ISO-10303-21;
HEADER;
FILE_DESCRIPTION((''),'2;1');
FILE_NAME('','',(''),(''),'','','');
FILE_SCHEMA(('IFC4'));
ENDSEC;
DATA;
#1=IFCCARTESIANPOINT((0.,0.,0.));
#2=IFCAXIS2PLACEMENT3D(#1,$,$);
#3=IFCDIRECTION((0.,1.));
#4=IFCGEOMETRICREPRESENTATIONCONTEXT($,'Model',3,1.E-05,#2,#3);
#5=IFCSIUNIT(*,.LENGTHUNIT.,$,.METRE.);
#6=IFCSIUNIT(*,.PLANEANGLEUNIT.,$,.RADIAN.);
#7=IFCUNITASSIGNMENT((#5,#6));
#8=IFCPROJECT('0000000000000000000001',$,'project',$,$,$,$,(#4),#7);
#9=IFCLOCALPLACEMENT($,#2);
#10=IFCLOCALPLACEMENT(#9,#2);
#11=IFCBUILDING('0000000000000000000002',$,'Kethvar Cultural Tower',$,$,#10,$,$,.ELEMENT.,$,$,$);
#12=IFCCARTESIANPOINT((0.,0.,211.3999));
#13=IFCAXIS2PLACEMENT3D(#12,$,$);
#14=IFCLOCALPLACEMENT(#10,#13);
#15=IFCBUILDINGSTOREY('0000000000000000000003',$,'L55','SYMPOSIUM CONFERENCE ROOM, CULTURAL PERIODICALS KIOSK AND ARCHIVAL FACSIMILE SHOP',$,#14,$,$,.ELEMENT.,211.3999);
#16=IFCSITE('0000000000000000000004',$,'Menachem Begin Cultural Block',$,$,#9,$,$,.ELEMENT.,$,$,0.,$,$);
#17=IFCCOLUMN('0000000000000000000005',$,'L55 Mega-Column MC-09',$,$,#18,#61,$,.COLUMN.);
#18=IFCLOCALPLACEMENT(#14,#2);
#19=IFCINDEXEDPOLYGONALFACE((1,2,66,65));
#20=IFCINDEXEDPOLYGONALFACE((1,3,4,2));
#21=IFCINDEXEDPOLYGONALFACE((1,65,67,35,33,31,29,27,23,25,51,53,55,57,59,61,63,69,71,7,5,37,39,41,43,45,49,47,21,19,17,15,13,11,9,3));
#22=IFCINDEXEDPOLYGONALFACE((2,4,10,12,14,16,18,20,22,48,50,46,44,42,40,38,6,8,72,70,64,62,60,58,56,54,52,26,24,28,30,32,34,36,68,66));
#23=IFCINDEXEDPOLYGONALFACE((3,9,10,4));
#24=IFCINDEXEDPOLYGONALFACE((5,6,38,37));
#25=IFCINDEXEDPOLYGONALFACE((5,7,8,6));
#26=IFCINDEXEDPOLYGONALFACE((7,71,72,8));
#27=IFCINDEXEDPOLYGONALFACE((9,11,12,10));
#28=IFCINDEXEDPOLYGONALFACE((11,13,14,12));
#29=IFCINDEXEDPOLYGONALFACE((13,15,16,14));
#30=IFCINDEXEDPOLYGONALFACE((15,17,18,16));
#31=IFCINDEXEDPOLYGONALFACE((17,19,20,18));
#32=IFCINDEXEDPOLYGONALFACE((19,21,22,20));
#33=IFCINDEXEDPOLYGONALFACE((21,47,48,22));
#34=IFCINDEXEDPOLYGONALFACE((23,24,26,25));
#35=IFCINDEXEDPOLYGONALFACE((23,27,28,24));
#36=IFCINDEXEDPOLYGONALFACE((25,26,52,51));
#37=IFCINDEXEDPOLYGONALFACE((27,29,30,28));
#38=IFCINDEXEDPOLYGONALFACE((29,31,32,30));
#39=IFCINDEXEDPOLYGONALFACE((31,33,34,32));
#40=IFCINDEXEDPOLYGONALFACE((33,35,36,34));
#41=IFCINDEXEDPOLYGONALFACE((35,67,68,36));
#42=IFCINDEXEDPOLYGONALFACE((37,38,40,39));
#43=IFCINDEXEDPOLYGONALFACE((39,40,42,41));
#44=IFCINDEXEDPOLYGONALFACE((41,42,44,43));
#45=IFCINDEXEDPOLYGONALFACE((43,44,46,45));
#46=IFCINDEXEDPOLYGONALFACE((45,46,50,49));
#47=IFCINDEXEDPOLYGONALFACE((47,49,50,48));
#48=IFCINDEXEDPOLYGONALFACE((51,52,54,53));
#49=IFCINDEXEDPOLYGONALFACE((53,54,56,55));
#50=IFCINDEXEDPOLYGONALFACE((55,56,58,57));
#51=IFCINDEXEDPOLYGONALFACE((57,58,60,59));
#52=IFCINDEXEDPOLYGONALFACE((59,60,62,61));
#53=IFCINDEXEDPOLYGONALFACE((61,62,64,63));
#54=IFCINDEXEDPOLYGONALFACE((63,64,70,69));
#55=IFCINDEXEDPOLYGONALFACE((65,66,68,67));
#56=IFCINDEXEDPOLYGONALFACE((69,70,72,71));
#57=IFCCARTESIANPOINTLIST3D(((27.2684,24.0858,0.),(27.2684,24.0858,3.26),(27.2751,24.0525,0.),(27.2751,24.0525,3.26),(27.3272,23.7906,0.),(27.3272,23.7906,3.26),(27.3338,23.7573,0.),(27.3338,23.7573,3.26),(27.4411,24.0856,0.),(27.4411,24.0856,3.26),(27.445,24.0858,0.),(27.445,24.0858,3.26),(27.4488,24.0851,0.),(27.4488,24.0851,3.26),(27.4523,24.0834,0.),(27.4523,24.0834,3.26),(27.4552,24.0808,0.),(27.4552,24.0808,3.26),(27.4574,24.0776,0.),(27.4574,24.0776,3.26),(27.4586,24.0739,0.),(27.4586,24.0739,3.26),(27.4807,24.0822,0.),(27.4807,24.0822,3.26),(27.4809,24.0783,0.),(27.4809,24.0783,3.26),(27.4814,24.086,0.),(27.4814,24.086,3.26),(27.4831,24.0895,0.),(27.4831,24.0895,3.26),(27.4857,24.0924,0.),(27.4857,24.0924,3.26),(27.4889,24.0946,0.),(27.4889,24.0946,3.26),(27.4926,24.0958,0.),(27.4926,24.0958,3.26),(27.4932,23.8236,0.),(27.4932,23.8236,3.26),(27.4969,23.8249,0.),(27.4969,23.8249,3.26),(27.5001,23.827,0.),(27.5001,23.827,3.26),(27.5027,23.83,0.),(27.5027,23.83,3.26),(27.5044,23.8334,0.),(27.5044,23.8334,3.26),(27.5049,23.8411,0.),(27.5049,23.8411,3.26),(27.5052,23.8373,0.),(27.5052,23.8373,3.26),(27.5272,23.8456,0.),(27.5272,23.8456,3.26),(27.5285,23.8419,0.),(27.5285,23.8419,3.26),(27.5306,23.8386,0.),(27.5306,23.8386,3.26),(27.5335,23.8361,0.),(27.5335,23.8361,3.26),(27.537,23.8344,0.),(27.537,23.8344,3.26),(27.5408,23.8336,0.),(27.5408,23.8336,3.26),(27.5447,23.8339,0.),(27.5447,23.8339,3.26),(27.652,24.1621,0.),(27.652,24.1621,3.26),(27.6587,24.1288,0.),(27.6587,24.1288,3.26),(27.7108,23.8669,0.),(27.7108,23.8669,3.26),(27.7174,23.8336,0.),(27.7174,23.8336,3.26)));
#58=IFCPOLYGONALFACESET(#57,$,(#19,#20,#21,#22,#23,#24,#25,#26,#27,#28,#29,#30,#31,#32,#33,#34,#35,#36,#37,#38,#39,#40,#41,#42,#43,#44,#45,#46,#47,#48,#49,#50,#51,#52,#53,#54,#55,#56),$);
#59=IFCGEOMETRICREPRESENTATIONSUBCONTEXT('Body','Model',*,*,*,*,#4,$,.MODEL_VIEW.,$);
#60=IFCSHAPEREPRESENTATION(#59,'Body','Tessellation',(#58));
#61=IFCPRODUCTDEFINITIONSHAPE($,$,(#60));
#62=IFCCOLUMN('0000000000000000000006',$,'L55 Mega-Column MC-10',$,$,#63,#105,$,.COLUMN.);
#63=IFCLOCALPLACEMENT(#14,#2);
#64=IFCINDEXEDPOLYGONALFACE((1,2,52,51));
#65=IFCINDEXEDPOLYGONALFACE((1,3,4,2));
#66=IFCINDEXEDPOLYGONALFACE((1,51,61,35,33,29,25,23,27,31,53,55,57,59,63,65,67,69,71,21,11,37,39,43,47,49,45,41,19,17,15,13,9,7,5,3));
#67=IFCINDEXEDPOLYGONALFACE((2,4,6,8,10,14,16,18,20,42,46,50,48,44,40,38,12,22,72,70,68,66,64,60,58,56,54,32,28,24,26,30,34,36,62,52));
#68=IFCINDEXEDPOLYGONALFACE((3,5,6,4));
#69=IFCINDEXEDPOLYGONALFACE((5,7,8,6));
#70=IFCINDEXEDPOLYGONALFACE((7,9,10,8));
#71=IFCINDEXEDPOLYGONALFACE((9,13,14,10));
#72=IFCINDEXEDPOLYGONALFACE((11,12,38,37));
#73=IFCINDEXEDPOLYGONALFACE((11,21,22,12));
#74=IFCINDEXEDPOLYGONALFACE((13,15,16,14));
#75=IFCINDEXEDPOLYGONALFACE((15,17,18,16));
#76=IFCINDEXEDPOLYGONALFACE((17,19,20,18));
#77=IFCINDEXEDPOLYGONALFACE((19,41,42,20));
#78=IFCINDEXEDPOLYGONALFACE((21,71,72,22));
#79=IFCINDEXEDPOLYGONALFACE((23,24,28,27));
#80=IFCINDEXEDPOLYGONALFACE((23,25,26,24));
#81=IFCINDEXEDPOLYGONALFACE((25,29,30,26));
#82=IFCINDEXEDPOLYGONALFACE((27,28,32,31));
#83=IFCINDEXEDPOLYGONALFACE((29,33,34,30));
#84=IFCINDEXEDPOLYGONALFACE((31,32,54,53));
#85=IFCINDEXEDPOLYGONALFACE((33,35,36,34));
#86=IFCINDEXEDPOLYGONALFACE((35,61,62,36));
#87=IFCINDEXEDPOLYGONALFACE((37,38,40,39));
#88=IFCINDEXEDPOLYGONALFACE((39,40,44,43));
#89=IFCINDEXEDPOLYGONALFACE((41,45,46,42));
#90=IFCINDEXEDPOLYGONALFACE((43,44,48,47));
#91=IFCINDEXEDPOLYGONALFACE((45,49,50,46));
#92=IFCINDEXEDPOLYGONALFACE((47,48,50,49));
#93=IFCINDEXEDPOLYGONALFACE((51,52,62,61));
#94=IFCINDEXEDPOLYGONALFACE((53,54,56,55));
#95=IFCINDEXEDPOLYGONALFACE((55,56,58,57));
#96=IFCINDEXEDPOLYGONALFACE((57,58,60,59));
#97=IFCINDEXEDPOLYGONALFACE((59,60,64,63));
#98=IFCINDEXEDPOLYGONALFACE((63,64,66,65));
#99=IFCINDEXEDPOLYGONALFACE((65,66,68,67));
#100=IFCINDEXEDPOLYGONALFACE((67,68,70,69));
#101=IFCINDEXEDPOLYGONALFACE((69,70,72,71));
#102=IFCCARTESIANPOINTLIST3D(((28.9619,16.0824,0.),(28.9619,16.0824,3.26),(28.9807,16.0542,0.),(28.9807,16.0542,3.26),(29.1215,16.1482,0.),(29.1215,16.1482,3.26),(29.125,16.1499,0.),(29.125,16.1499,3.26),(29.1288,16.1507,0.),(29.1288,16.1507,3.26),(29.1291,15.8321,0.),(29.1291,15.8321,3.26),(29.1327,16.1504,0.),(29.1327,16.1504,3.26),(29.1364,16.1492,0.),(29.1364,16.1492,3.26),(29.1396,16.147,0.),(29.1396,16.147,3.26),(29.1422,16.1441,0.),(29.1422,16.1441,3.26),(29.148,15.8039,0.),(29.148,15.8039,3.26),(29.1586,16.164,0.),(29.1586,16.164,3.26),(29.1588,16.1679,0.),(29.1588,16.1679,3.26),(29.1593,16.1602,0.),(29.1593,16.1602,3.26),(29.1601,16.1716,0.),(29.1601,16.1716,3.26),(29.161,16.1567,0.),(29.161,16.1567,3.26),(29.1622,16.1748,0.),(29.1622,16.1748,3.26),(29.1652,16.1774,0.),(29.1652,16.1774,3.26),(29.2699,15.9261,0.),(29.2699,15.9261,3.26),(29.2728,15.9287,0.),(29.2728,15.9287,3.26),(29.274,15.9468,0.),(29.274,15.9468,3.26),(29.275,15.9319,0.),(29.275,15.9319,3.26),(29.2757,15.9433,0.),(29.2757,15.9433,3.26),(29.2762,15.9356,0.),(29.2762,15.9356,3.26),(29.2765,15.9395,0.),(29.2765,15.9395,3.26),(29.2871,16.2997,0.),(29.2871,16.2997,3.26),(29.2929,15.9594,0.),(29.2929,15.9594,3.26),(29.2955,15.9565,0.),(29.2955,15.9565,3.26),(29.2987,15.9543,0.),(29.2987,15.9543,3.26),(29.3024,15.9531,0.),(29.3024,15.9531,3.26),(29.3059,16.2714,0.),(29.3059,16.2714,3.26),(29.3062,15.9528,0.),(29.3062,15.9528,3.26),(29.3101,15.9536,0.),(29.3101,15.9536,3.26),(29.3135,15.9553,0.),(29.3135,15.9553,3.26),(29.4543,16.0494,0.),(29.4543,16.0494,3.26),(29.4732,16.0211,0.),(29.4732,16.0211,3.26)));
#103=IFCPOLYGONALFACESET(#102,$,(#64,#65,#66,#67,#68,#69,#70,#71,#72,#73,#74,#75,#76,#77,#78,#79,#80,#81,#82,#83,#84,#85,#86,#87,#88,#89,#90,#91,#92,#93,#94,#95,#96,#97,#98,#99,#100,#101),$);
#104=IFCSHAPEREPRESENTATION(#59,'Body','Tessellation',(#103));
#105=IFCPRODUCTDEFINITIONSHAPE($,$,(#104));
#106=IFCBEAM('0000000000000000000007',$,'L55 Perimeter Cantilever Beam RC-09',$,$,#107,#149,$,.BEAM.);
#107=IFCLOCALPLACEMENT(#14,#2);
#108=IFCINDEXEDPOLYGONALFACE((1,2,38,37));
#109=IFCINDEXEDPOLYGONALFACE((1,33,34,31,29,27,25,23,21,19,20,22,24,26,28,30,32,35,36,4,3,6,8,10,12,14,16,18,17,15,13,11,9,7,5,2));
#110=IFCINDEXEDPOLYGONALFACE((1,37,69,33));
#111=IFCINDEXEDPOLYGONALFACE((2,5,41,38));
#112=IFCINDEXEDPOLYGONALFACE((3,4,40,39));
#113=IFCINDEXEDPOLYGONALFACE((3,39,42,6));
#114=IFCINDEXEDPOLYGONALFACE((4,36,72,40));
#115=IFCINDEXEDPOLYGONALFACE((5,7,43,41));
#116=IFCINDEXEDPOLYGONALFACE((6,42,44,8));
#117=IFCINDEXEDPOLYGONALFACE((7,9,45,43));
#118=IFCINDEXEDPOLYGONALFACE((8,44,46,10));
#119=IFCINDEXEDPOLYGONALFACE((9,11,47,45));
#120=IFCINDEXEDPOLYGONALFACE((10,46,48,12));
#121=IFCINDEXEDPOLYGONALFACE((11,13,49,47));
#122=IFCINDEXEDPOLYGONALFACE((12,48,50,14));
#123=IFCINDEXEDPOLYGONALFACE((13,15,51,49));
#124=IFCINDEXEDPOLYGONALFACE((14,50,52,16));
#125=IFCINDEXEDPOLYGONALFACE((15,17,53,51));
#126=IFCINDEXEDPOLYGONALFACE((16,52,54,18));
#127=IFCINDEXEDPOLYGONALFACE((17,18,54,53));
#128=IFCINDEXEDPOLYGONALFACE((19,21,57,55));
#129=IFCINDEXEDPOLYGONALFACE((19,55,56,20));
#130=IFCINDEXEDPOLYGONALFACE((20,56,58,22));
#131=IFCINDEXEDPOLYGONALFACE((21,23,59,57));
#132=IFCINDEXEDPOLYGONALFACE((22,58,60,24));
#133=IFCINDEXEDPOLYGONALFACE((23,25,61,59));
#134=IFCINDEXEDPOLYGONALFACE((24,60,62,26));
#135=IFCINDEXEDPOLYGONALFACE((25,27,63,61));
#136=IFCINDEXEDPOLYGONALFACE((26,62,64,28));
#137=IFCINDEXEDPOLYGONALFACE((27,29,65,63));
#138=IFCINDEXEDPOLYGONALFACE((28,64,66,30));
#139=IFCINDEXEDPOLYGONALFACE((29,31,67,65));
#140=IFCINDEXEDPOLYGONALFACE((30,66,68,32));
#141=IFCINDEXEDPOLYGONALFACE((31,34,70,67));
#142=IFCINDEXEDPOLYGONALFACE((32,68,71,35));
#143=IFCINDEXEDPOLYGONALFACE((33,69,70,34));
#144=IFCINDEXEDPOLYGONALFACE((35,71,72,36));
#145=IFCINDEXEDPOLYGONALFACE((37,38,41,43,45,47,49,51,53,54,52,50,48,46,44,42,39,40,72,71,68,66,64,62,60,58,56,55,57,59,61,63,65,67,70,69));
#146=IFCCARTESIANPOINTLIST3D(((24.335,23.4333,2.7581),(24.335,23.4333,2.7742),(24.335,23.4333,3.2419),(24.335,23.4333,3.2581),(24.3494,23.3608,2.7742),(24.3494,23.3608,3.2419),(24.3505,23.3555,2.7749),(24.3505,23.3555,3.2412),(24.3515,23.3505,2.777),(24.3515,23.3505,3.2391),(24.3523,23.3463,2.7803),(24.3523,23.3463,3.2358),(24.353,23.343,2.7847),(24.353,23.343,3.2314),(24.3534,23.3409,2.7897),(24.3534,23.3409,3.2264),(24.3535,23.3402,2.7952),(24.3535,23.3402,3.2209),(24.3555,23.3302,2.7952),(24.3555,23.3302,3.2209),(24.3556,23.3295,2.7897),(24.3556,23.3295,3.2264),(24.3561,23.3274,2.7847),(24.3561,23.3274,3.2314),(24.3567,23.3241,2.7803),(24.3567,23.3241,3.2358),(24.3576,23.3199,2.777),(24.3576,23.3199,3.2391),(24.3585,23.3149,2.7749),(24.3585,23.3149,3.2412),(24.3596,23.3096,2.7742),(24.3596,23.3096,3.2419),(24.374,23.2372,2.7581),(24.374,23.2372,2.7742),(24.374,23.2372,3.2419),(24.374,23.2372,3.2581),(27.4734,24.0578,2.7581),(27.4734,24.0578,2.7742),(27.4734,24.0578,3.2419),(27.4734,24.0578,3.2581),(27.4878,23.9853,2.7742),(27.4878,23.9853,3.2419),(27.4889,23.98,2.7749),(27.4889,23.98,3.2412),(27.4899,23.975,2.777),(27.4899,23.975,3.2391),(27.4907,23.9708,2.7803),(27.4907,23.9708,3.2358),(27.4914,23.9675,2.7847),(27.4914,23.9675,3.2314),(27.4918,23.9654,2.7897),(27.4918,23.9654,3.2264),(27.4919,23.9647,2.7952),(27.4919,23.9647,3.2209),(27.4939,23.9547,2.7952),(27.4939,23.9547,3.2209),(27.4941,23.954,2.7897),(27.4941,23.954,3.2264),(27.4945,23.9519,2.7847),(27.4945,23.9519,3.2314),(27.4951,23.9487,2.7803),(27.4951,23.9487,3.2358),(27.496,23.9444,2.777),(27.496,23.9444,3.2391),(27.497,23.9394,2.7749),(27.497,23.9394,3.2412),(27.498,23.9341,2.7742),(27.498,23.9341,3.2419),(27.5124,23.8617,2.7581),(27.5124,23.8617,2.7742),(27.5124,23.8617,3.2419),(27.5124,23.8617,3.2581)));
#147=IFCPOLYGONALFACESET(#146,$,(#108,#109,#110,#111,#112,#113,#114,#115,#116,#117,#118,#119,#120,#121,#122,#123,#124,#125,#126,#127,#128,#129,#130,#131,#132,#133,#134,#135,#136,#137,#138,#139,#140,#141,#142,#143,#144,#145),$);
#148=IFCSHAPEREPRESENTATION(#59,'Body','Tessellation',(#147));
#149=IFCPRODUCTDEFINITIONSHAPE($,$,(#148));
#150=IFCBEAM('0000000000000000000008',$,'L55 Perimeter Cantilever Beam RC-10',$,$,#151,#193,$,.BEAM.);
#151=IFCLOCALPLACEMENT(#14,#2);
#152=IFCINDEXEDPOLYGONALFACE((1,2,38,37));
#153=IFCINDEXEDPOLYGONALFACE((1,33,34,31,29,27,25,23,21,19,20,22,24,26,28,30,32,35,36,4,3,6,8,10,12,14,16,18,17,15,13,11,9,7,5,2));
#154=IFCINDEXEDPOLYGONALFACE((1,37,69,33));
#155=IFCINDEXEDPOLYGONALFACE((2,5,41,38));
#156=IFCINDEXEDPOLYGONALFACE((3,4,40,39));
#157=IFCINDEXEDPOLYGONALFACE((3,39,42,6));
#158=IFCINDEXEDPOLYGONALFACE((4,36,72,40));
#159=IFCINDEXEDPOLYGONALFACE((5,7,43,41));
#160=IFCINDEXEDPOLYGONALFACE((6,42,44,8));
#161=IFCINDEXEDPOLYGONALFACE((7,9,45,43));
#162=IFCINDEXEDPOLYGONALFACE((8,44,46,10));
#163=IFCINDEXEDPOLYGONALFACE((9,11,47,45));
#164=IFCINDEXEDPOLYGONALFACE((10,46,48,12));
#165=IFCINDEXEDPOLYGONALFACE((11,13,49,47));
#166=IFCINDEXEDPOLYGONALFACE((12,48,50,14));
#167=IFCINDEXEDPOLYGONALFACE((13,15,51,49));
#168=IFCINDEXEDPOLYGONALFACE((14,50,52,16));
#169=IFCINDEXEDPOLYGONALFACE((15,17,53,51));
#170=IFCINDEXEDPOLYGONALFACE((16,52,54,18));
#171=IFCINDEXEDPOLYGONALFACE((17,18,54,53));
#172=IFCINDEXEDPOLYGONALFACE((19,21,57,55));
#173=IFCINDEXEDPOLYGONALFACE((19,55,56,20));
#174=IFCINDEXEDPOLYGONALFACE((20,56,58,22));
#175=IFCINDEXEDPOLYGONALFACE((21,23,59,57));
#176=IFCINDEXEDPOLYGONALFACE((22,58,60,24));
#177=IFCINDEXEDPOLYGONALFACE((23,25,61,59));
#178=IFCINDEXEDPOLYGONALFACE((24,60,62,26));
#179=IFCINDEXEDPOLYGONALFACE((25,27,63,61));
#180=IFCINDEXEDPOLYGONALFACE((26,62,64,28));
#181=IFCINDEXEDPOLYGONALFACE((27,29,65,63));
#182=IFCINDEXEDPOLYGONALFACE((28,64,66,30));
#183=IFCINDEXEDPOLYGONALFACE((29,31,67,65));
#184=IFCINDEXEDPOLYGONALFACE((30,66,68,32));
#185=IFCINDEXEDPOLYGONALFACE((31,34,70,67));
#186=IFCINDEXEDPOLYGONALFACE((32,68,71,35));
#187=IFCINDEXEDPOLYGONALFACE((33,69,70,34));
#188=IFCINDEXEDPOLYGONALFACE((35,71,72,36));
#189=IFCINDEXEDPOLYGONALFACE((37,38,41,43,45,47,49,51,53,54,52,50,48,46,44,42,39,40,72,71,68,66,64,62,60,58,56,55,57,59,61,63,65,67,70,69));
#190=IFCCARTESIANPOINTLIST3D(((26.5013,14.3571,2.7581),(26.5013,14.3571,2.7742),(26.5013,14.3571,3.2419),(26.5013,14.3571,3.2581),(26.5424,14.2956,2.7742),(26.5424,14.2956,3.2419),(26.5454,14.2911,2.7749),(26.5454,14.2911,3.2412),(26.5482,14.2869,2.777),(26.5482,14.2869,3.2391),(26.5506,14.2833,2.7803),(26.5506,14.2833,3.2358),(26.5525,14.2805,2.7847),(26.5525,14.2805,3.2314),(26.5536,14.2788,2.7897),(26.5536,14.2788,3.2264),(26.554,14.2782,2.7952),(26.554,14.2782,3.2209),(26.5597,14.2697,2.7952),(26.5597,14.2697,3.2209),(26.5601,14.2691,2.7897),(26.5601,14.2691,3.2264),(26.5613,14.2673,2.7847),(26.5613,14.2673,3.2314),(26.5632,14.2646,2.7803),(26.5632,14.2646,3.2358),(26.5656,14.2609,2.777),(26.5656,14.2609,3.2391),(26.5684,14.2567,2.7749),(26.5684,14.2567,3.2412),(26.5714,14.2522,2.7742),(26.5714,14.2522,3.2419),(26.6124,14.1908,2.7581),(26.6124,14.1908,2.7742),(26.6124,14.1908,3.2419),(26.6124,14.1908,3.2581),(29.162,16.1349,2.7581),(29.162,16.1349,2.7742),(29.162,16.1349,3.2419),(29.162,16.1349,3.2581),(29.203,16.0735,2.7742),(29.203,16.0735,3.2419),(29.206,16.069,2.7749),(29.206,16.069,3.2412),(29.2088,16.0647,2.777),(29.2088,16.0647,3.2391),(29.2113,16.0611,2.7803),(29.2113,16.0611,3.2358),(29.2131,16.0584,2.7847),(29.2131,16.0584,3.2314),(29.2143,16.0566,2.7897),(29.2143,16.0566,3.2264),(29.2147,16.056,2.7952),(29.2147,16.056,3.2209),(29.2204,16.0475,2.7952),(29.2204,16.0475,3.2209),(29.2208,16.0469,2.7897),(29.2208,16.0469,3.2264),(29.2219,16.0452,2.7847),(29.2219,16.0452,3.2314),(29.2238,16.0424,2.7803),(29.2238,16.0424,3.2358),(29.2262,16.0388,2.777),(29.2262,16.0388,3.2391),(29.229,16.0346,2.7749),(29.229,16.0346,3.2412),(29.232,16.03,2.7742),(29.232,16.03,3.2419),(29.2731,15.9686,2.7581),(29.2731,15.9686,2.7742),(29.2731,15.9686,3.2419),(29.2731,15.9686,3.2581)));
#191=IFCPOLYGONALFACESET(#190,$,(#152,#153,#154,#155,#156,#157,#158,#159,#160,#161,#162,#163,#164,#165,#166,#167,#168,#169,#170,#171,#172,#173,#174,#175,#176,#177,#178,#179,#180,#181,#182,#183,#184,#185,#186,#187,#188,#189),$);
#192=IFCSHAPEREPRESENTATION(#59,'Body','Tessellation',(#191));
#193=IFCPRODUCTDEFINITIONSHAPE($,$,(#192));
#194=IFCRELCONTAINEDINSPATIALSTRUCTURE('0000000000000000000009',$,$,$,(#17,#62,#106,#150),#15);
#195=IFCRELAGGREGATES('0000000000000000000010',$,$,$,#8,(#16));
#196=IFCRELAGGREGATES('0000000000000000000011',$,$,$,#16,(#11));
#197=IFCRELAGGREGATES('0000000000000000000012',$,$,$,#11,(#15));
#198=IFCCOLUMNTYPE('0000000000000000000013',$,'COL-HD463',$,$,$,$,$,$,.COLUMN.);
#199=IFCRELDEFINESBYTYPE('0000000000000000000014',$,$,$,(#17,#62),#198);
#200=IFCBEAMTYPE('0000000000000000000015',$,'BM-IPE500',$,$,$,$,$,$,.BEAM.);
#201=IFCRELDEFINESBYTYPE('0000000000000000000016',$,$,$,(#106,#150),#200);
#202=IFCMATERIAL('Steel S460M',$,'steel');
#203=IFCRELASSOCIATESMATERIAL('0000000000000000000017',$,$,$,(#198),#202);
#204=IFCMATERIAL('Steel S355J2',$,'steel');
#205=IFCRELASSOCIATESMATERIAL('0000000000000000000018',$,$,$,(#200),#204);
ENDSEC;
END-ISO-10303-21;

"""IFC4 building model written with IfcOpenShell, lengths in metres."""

from ifc_helpers import new_model, si_unit, direction, frame, origin, origin_2d, place, context, subcontext, project, spatial, i_section, extrude, source, transform, mapped, material, material_profile, profile_set, type_object, element, save


model = new_model("IFC4")

# Units and contexts
model_context = context("Model", 3, precision=1e-05, world=origin(), true_north=direction((0.0, 1.0)))
body_context = subcontext(model_context, "Body", "Model", "MODEL_VIEW")
ifc_project = project(units=[si_unit("LENGTHUNIT", "METRE"), si_unit("PLANEANGLEUNIT", "RADIAN")], contexts=[model_context])

# Site, building, storey
site_placement = place(None, origin())
site = spatial("IfcSite", under=ifc_project, at=site_placement, Name="Menachem Begin Cultural Block", CompositionType="ELEMENT", RefElevation=0.0)
building_placement = place(site_placement, origin())
building = spatial("IfcBuilding", under=site, at=building_placement, Name="Kethvar Cultural Tower", CompositionType="ELEMENT")
storey_placement = place(building_placement, frame((0.0, 0.0, 211.3999)))
storey = spatial("IfcBuildingStorey", under=building, at=storey_placement, Name="L55", Description="SYMPOSIUM CONFERENCE ROOM, CULTURAL PERIODICALS KIOSK AND ARCHIVAL FACSIMILE SHOP", CompositionType="ELEMENT", Elevation=211.3999)

# Columns
ifc_material_1 = material(Name="Steel S460M", Category="steel")
ifc_material_profile_1 = material_profile(ifc_material_1, i_section(OverallWidth=0.3911, OverallDepth=0.335, WebThickness=0.0227, FlangeThickness=0.0339, FilletRadius=0.0149, at=origin_2d()), Name="Steel S460M — HD400x463")
ifc_profile_set_1 = profile_set([ifc_material_profile_1], Name="Steel S460M — HD400x463")
column_type = type_object("IfcColumnType", Name="COL-HD463", PredefinedType="COLUMN", material=ifc_profile_set_1)
shared_shape_1 = source(origin(), body_context, "Body", "SweptSolid", [
    extrude(i_section(OverallWidth=0.3911, OverallDepth=0.335, WebThickness=0.0227, FlangeThickness=0.0339, FilletRadius=0.0149, at=origin_2d()), origin(), (0.0, 0.0, 1.0), 3.26),
])
for number, where, z_axis, x_axis, name in (
    (1, (27.4929, 23.9597, 0.0), (0.0, 0.0, 1.0), (-0.980785, -0.19509, 0.0), "L55 Mega-Column MC-09"),
    (2, (29.2175, 16.0518, 0.0), (0.0, 0.0, 1.0), (-0.83147, -0.55557, 0.0), "L55 Mega-Column MC-10"),
):
    element("IfcColumn", number, at=place(storey_placement, frame(where, z_axis=z_axis, x_axis=x_axis)), inside=storey, type_object=column_type, Name=name, PredefinedType="COLUMN", context=body_context, shape_type="MappedRepresentation", body=[
        mapped(shared_shape_1, transform((0.0, 0.0, 0.0), scale=1.0)),
    ])

# Beams
ifc_material_2 = material(Name="Steel S355J2", Category="steel")
ifc_material_profile_2 = material_profile(ifc_material_2, i_section(OverallWidth=0.2, OverallDepth=0.5, WebThickness=0.0103, FlangeThickness=0.0161, FilletRadius=0.021, at=origin_2d()), Name="Steel S355J2 — IPE500")
ifc_profile_set_2 = profile_set([ifc_material_profile_2], Name="Steel S355J2 — IPE500")
beam_type_1 = type_object("IfcBeamType", Name="BM-IPE500", PredefinedType="BEAM", material=ifc_profile_set_2)
shared_shape_2 = source(origin(), body_context, "Body", "SweptSolid", [
    extrude(i_section(OverallWidth=0.2, OverallDepth=0.5, WebThickness=0.0103, FlangeThickness=0.0161, FilletRadius=0.021, at=origin_2d()), origin(), (0.0, 0.0, 1.0), 3.2),
])
for number, where, z_axis, x_axis, name in (
    (3, (27.4929, 23.9597, 3.0081), (-0.980771, -0.195162, 0.0), (0.195162, -0.980771, 0.0), "L55 Perimeter Cantilever Beam RC-09"),
    (4, (29.2175, 16.0518, 3.0081), (-0.831463, -0.55558, 0.0), (0.55558, -0.831463, 0.0), "L55 Perimeter Cantilever Beam RC-10"),
):
    element("IfcBeam", number, at=place(storey_placement, frame(where, z_axis=z_axis, x_axis=x_axis)), inside=storey, type_object=beam_type_1, Name=name, PredefinedType="BEAM", context=body_context, shape_type="MappedRepresentation", body=[
        mapped(shared_shape_2, transform((0.0, 0.0, 0.0), scale=1.0)),
    ])

save(model, "model.ifc")
